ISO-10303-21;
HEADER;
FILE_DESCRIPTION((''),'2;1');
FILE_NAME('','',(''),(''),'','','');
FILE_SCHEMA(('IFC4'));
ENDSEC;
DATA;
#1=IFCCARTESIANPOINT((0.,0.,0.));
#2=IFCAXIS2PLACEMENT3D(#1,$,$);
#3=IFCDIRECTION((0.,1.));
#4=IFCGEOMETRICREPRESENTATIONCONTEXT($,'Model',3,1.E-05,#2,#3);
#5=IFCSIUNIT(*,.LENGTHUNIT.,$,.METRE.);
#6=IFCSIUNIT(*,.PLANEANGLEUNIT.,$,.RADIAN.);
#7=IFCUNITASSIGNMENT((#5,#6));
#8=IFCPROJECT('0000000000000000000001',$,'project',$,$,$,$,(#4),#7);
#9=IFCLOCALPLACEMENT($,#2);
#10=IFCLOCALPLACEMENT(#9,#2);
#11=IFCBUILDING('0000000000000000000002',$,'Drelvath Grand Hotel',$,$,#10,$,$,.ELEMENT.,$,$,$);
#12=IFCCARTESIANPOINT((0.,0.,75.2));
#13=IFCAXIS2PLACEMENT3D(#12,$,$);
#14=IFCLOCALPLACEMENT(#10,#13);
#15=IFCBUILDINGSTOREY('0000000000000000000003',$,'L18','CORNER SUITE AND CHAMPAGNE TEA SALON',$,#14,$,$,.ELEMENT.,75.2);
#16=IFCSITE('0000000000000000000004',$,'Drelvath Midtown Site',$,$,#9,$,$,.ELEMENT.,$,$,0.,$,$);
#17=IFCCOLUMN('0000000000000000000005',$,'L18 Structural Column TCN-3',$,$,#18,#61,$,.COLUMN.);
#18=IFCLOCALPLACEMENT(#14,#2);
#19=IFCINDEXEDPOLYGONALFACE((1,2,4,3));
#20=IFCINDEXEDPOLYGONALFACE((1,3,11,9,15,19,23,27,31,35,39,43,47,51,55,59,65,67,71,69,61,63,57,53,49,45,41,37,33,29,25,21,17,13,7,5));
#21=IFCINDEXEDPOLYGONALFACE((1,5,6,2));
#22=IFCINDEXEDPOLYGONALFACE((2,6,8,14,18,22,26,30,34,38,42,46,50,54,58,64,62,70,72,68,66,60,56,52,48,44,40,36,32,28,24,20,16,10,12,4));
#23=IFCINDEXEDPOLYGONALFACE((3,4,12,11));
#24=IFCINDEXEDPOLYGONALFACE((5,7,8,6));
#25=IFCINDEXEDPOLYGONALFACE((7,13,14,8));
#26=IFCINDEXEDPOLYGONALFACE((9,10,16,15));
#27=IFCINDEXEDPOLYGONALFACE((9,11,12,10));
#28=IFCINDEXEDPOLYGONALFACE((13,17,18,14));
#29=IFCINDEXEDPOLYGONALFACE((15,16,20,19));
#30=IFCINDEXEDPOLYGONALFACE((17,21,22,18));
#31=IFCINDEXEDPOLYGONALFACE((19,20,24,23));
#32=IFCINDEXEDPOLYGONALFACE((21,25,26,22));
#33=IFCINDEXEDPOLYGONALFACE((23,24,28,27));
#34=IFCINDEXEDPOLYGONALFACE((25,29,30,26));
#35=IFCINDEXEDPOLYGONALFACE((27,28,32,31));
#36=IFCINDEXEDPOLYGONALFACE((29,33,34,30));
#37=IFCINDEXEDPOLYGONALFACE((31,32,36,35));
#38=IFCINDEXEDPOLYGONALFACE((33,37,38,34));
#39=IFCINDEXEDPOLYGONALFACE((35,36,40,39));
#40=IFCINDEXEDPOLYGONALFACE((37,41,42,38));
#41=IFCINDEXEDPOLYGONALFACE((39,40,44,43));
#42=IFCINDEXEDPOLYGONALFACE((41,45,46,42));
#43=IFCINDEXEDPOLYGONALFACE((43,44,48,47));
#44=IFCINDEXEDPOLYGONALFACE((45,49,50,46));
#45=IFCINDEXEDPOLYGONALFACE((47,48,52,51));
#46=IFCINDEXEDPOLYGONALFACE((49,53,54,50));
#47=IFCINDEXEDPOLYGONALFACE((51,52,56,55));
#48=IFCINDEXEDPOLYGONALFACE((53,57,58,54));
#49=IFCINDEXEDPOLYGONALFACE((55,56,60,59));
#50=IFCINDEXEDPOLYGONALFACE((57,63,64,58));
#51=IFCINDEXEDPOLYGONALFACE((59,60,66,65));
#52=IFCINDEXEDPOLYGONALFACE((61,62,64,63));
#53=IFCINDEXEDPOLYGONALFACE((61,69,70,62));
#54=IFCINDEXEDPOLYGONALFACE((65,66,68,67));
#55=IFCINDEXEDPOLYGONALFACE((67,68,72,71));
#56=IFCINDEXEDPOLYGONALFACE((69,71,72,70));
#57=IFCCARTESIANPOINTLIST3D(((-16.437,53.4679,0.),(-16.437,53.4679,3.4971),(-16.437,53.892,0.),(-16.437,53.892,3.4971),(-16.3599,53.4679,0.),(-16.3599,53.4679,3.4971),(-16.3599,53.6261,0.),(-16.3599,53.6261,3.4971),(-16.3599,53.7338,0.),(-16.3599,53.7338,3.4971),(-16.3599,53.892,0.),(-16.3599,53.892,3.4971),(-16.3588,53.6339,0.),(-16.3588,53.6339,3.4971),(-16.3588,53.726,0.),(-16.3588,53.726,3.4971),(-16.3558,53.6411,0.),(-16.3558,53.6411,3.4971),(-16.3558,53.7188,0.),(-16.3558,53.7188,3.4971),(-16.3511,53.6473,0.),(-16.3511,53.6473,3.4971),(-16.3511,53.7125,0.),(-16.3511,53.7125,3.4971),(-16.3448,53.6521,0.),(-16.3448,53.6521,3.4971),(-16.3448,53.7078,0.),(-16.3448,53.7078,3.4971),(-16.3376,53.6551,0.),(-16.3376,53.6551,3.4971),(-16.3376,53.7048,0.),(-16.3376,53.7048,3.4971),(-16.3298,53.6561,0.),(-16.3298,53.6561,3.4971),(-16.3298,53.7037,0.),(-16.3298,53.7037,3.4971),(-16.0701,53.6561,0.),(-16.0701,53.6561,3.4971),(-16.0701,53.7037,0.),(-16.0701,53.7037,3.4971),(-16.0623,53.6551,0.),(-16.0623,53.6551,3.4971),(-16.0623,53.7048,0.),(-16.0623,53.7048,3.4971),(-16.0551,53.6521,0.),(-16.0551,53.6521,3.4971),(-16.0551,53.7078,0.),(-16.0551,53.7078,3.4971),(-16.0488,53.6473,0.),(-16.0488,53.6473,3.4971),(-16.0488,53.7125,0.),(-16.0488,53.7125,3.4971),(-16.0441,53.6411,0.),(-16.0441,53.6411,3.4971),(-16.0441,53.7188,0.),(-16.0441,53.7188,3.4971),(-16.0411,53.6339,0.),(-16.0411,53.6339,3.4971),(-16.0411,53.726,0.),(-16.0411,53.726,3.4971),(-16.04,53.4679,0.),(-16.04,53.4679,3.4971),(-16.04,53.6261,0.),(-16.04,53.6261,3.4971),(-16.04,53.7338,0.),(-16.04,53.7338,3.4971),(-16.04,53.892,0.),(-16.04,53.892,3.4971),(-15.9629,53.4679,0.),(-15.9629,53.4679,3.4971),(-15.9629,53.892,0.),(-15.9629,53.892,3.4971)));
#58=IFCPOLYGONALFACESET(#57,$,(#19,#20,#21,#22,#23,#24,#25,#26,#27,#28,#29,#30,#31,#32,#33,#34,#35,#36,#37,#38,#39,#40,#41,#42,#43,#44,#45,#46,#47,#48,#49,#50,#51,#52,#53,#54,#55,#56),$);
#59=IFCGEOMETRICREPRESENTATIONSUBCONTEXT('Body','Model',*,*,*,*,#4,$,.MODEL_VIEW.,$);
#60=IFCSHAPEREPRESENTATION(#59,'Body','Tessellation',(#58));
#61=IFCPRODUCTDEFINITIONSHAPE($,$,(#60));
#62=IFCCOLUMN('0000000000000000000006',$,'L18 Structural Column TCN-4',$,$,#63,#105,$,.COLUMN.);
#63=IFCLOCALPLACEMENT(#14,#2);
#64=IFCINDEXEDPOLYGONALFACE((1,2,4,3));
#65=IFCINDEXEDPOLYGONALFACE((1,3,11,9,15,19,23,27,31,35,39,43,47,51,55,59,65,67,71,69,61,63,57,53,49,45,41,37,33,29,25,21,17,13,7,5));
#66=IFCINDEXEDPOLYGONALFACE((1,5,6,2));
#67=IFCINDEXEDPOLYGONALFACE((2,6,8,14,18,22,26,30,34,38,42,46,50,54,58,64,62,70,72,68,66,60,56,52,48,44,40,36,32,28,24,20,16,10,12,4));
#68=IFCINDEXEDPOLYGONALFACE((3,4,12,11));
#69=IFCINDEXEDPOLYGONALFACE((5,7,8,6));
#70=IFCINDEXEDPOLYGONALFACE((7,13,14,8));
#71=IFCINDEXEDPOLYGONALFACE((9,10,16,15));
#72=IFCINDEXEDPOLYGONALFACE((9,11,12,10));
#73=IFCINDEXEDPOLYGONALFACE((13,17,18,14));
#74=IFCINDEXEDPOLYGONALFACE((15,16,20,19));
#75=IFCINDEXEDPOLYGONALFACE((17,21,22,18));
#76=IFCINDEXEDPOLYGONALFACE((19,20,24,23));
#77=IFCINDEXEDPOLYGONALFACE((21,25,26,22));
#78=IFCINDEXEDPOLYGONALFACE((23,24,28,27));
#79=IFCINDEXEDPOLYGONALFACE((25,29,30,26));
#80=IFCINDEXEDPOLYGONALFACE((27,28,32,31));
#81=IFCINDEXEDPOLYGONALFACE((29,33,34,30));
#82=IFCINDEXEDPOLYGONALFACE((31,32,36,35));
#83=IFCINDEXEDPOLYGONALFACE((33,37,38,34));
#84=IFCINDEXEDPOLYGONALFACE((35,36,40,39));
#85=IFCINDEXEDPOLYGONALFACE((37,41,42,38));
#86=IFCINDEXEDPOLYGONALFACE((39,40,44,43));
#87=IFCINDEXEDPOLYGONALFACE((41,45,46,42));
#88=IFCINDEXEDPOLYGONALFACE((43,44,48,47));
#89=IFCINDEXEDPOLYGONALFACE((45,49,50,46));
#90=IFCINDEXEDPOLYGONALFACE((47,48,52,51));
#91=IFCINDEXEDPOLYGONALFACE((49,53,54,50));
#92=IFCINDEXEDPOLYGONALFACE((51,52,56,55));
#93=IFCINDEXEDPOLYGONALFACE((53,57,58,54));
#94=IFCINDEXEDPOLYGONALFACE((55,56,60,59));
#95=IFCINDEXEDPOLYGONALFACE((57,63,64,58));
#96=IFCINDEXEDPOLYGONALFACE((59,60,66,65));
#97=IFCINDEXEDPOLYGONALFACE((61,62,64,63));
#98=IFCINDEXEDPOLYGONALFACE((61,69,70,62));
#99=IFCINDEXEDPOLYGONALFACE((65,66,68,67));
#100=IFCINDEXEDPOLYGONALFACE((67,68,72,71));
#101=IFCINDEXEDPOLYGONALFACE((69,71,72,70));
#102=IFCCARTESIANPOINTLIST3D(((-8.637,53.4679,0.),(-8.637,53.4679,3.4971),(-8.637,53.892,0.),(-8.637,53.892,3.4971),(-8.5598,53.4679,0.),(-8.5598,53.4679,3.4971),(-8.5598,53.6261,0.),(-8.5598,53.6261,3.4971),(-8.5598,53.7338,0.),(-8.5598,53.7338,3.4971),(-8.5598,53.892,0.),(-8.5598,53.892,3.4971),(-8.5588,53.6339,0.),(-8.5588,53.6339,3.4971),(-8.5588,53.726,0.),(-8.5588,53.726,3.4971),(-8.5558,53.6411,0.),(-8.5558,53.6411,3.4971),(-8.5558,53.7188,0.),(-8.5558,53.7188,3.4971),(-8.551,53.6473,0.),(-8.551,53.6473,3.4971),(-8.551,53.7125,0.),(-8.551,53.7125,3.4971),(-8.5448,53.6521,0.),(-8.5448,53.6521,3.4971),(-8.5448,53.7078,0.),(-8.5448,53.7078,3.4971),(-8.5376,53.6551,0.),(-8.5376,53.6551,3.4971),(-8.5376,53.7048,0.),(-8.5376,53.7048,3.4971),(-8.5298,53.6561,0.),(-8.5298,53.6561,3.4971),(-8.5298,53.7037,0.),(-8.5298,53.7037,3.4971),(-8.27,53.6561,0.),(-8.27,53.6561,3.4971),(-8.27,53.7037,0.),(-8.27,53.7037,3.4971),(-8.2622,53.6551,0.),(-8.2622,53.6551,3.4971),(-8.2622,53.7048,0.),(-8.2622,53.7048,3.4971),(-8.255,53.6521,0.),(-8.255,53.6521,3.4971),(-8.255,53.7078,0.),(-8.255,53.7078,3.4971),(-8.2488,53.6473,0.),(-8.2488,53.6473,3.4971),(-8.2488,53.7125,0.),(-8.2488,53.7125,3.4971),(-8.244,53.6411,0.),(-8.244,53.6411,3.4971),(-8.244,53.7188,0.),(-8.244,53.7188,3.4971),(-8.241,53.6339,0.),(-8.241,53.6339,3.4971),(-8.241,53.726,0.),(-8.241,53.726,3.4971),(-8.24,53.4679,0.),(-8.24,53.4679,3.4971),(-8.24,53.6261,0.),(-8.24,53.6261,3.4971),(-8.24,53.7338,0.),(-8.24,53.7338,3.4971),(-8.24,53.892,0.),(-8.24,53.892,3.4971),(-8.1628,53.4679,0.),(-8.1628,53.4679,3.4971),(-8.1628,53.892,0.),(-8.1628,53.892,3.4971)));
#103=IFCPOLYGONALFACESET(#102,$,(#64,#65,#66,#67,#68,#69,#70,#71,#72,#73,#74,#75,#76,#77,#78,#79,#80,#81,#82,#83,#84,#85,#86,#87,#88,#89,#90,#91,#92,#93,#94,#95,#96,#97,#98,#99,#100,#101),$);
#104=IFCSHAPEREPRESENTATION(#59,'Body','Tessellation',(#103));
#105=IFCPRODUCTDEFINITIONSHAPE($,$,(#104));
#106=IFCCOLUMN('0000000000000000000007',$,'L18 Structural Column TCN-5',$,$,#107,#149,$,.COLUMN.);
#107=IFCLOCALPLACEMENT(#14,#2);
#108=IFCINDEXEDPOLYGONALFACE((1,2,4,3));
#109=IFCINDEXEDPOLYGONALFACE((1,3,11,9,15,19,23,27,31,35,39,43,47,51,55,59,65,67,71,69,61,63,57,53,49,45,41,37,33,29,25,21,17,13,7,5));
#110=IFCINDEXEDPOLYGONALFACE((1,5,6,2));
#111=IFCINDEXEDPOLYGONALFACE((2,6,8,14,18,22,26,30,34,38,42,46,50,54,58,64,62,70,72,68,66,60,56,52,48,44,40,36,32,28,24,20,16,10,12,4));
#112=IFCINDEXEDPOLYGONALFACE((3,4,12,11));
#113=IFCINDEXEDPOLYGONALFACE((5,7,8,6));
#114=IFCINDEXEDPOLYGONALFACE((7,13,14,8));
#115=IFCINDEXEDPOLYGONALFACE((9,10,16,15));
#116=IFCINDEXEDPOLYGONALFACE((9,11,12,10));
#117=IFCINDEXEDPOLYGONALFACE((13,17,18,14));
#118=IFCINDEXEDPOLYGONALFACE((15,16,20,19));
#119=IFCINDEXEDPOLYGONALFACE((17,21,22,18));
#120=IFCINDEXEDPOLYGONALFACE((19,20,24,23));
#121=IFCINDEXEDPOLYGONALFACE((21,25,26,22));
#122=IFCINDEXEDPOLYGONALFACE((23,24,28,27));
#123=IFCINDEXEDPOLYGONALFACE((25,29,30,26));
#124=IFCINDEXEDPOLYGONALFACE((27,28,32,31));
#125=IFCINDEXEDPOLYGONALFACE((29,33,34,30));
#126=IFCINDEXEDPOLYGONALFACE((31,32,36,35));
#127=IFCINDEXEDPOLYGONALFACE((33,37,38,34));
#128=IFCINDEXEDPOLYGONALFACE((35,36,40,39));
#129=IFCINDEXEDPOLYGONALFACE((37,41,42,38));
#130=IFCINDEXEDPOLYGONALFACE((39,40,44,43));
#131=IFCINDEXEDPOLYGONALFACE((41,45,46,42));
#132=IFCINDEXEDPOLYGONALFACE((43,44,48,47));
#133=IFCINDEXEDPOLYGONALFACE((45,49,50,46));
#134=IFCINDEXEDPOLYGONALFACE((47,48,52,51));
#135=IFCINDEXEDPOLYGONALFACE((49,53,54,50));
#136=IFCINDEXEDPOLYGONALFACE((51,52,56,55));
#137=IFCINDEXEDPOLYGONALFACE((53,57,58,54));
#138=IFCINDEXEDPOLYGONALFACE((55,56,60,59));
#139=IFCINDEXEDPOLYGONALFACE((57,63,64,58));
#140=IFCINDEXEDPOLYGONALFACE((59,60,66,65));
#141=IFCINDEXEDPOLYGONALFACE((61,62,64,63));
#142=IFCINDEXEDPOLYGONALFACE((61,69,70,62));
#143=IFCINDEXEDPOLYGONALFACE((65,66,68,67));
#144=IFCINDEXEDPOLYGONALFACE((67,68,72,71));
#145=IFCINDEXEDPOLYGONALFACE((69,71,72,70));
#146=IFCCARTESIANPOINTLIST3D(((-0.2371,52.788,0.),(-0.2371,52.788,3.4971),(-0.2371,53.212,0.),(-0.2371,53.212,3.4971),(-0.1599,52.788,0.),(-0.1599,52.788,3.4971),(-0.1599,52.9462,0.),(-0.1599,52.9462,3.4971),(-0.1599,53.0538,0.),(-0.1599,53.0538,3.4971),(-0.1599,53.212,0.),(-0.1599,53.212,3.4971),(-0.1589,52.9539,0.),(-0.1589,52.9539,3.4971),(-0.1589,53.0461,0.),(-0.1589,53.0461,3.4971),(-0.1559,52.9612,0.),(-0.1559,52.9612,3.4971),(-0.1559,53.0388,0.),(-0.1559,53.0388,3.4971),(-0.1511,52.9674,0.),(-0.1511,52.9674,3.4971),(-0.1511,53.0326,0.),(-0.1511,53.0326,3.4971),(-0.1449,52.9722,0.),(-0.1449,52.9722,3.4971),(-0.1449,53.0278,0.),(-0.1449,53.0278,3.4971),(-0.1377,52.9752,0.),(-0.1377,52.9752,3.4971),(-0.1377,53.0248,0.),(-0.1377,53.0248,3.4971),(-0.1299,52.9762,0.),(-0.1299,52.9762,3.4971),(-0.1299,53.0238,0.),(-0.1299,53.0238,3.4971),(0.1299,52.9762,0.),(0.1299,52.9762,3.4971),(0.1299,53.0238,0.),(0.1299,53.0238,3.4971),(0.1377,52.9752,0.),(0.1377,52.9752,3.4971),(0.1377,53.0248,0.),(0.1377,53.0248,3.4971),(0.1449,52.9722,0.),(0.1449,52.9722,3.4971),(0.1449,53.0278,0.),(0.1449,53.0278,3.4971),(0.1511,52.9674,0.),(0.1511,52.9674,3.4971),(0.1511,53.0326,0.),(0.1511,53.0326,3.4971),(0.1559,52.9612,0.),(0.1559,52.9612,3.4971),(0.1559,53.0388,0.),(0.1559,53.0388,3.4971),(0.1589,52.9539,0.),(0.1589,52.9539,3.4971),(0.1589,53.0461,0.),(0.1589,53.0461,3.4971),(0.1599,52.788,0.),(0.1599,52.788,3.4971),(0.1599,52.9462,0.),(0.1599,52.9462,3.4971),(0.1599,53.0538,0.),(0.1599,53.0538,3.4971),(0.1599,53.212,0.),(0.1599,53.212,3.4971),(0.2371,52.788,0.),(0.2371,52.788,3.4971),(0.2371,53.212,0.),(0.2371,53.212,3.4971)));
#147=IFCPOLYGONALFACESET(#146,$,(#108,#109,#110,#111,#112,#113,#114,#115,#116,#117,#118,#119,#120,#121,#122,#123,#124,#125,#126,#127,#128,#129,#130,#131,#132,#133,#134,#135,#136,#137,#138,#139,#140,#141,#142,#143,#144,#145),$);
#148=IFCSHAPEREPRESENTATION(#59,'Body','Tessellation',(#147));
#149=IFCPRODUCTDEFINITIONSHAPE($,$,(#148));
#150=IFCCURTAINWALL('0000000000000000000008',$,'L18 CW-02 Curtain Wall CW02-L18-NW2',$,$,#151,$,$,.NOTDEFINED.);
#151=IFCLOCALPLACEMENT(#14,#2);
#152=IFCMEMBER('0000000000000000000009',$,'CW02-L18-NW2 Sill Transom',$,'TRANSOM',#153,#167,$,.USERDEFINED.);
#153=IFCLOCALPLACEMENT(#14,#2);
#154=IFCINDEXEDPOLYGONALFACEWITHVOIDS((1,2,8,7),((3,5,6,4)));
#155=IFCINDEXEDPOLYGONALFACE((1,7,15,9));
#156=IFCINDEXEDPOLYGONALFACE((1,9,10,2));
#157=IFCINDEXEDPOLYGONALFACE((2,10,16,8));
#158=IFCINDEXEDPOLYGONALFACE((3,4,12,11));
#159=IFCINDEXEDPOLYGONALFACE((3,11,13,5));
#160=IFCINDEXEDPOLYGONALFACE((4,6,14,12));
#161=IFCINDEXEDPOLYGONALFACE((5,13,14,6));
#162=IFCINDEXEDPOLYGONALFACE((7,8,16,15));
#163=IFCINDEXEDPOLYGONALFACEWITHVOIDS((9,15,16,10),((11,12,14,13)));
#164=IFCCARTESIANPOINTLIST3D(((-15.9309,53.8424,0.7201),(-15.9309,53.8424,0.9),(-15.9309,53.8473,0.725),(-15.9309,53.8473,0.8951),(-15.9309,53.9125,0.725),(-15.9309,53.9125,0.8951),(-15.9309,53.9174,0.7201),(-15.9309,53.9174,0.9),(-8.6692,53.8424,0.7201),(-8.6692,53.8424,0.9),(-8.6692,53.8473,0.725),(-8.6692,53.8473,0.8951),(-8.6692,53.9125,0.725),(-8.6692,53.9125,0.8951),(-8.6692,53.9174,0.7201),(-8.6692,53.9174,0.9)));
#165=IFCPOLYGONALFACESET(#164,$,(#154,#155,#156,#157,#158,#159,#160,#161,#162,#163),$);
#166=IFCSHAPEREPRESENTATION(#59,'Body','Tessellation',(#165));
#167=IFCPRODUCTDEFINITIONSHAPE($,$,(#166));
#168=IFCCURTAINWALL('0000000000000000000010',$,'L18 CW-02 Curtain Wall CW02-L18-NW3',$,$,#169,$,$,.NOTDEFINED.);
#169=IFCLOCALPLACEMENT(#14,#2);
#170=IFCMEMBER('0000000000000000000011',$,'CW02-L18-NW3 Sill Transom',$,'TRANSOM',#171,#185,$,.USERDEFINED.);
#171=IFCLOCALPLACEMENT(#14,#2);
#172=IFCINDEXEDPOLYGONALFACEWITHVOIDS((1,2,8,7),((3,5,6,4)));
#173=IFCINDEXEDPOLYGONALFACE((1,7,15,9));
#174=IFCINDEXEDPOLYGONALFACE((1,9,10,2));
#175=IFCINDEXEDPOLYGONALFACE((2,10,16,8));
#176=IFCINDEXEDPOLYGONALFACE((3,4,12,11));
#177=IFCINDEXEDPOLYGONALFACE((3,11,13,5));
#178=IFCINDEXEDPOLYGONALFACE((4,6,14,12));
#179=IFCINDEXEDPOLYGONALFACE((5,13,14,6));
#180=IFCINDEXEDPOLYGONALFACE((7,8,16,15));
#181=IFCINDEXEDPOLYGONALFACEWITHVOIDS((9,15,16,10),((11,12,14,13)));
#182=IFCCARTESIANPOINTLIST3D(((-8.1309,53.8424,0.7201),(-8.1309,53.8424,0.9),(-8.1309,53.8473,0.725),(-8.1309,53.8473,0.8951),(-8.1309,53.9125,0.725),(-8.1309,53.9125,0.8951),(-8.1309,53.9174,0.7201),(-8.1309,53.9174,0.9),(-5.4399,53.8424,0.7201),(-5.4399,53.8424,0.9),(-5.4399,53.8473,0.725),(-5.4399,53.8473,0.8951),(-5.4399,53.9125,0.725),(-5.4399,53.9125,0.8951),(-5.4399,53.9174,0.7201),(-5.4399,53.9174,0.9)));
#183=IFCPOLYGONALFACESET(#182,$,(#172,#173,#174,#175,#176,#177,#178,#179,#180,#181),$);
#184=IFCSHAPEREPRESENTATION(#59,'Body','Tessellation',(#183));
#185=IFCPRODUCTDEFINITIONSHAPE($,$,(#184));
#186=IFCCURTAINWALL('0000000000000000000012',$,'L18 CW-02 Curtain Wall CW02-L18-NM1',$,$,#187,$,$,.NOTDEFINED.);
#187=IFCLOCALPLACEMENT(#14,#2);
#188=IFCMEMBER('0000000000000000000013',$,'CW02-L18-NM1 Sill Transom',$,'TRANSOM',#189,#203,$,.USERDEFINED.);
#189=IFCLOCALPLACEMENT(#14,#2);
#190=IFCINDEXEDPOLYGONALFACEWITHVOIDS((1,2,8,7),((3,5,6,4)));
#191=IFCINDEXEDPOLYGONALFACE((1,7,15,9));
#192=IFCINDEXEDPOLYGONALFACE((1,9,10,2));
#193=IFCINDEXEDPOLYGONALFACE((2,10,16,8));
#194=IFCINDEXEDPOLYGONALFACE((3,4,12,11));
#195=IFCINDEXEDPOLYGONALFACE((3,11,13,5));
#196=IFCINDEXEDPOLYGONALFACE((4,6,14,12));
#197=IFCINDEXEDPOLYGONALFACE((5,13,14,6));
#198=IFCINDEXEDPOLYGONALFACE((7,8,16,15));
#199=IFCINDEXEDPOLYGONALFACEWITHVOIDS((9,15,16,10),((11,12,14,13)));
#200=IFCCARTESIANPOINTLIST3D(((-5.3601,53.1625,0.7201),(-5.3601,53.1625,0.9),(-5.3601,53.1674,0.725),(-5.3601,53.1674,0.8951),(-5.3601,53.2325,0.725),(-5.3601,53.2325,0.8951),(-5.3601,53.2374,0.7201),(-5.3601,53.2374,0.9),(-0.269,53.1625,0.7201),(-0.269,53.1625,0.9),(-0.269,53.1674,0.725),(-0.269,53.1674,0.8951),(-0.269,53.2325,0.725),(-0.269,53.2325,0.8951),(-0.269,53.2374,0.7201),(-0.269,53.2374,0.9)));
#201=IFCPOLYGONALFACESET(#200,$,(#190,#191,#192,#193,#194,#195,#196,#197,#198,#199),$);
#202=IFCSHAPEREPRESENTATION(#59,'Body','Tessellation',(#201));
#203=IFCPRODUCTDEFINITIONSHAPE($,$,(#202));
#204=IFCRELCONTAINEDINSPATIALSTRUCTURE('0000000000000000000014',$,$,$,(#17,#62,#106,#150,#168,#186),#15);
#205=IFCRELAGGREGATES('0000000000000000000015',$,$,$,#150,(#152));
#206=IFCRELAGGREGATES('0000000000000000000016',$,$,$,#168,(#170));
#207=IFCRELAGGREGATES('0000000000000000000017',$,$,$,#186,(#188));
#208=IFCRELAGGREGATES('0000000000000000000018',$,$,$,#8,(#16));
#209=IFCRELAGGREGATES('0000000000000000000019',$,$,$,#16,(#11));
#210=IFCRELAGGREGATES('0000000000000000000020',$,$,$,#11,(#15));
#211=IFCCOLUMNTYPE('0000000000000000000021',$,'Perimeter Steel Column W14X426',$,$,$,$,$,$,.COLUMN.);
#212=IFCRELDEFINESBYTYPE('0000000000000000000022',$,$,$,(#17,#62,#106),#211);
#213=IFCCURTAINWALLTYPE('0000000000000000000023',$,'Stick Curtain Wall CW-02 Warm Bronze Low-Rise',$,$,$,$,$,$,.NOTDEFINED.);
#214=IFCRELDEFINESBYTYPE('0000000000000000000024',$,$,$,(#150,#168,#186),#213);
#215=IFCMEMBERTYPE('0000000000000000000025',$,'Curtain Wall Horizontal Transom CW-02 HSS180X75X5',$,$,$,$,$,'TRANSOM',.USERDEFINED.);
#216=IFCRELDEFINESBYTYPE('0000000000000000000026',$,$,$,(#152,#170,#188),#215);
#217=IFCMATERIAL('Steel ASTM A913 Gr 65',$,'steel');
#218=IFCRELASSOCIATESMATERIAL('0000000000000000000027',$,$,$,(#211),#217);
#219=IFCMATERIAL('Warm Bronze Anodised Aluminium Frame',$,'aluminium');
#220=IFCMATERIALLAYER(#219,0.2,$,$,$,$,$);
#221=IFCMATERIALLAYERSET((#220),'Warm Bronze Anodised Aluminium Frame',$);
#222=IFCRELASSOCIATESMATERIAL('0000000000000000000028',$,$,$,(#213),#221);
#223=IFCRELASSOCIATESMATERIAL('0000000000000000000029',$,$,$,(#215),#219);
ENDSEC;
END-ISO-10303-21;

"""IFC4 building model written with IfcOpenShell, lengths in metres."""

from ifc_helpers import new_model, si_unit, direction, frame, origin, origin_2d, place, context, subcontext, project, spatial, hollow_rectangle, i_section, extrude, material, layer, layer_set, material_profile, profile_set, type_object, element, aggregate, save


model = new_model("IFC4")

# Units and contexts
model_context = context("Model", 3, precision=1e-05, world=origin(), true_north=direction((0.0, 1.0)))
body_context = subcontext(model_context, "Body", "Model", "MODEL_VIEW")
ifc_project = project(units=[si_unit("LENGTHUNIT", "METRE"), si_unit("PLANEANGLEUNIT", "RADIAN")], contexts=[model_context])

# Site, building, storey
site_placement = place(None, origin())
site = spatial("IfcSite", under=ifc_project, at=site_placement, Name="Drelvath Midtown Site", CompositionType="ELEMENT", RefElevation=0.0)
building_placement = place(site_placement, origin())
building = spatial("IfcBuilding", under=site, at=building_placement, Name="Drelvath Grand Hotel", CompositionType="ELEMENT")
storey_placement = place(building_placement, frame((0.0, 0.0, 75.2)))
storey = spatial("IfcBuildingStorey", under=building, at=storey_placement, Name="L18", Description="CORNER SUITE AND CHAMPAGNE TEA SALON", CompositionType="ELEMENT", Elevation=75.2)

# Columns
ifc_material_1 = material(Name="Steel ASTM A913 Gr 65", Category="steel")
ifc_material_profile_1 = material_profile(ifc_material_1, i_section(OverallWidth=0.4241, OverallDepth=0.4741, WebThickness=0.0476, FlangeThickness=0.0771, FilletRadius=0.03, at=origin_2d()), Name="W14X426")
ifc_profile_set_1 = profile_set([ifc_material_profile_1], Name="Steel ASTM A913 Gr 65")
column_type = type_object("IfcColumnType", Name="Perimeter Steel Column W14X426", PredefinedType="COLUMN", material=ifc_profile_set_1)
for number, where, z_axis, x_axis, name in (
    (1, (-16.2, 53.6799, 0.0), (0.0, 0.0, 1.0), (0.0, 1.0, 0.0), "L18 Structural Column TCN-3"),
    (2, (-8.3999, 53.6799, 0.0), (0.0, 0.0, 1.0), (0.0, 1.0, 0.0), "L18 Structural Column TCN-4"),
    (3, (0.0, 53.0, 0.0), (0.0, 0.0, 1.0), (0.0, 1.0, 0.0), "L18 Structural Column TCN-5"),
):
    element("IfcColumn", number, at=place(storey_placement, frame(where, z_axis=z_axis, x_axis=x_axis)), inside=storey, type_object=column_type, Name=name, PredefinedType="COLUMN", context=body_context, shape_type="SweptSolid", body=[
        extrude(i_section(OverallWidth=0.4241, OverallDepth=0.4741, WebThickness=0.0476, FlangeThickness=0.0771, FilletRadius=0.03, at=origin_2d()), origin(), (0.0, 0.0, 1.0), 3.4971),
    ])

# Curtain walls, members
ifc_material_2 = material(Name="Warm Bronze Anodised Aluminium Frame", Category="aluminium")
ifc_layer_1 = layer(ifc_material_2, 0.2)
ifc_layer_set_1 = layer_set([ifc_layer_1], Name="Warm Bronze Anodised Aluminium Frame")
curtain_wall_type = type_object("IfcCurtainWallType", Name="Stick Curtain Wall CW-02 Warm Bronze Low-Rise", PredefinedType="NOTDEFINED", material=ifc_layer_set_1)
curtain_wall_1_placement = place(storey_placement, origin())
curtain_wall_1 = element("IfcCurtainWall", 4, at=curtain_wall_1_placement, inside=storey, type_object=curtain_wall_type, Name="L18 CW-02 Curtain Wall CW02-L18-NW2", PredefinedType="NOTDEFINED")
ifc_material_profile_2 = material_profile(ifc_material_2, hollow_rectangle(XDim=0.075, YDim=0.1799, WallThickness=0.0049, at=origin_2d()), Name="HSS180X75X5")
ifc_profile_set_2 = profile_set([ifc_material_profile_2], Name="Warm Bronze Anodised Aluminium Frame")
member_type_1 = type_object("IfcMemberType", Name="Curtain Wall Horizontal Transom CW-02 HSS180X75X5", ElementType="TRANSOM", PredefinedType="USERDEFINED", material=ifc_profile_set_2)
member_1_placement = place(storey_placement, frame((-15.9309, 53.8799, 0.8101), z_axis=(1.0, 0.0, 0.0), x_axis=(0.0, 1.0, 0.0)))
member_1 = element("IfcMember", 5, at=member_1_placement, type_object=member_type_1, Name="CW02-L18-NW2 Sill Transom", ObjectType="TRANSOM", PredefinedType="USERDEFINED", context=body_context, shape_type="SweptSolid", body=[
    extrude(hollow_rectangle(XDim=0.075, YDim=0.1799, WallThickness=0.0049, at=origin_2d()), origin(), (0.0, 0.0, 1.0), 7.2617),
])
curtain_wall_2_placement = place(storey_placement, origin())
curtain_wall_2 = element("IfcCurtainWall", 6, at=curtain_wall_2_placement, inside=storey, type_object=curtain_wall_type, Name="L18 CW-02 Curtain Wall CW02-L18-NW3", PredefinedType="NOTDEFINED")
member_2_placement = place(storey_placement, frame((-8.1309, 53.8799, 0.8101), z_axis=(1.0, 0.0, 0.0), x_axis=(0.0, 1.0, 0.0)))
member_2 = element("IfcMember", 7, at=member_2_placement, type_object=member_type_1, Name="CW02-L18-NW3 Sill Transom", ObjectType="TRANSOM", PredefinedType="USERDEFINED", context=body_context, shape_type="SweptSolid", body=[
    extrude(hollow_rectangle(XDim=0.075, YDim=0.1799, WallThickness=0.0049, at=origin_2d()), origin(), (0.0, 0.0, 1.0), 2.6909),
])
curtain_wall_3_placement = place(storey_placement, origin())
curtain_wall_3 = element("IfcCurtainWall", 8, at=curtain_wall_3_placement, inside=storey, type_object=curtain_wall_type, Name="L18 CW-02 Curtain Wall CW02-L18-NM1", PredefinedType="NOTDEFINED")
member_3_placement = place(storey_placement, frame((-5.3601, 53.2, 0.8101), z_axis=(1.0, 0.0, 0.0), x_axis=(0.0, 1.0, 0.0)))
member_3 = element("IfcMember", 9, at=member_3_placement, type_object=member_type_1, Name="CW02-L18-NM1 Sill Transom", ObjectType="TRANSOM", PredefinedType="USERDEFINED", context=body_context, shape_type="SweptSolid", body=[
    extrude(hollow_rectangle(XDim=0.075, YDim=0.1799, WallThickness=0.0049, at=origin_2d()), origin(), (0.0, 0.0, 1.0), 5.0911),
])

aggregate(curtain_wall_1, [member_1])
aggregate(curtain_wall_2, [member_2])
aggregate(curtain_wall_3, [member_3])

save(model, "model.ifc")
